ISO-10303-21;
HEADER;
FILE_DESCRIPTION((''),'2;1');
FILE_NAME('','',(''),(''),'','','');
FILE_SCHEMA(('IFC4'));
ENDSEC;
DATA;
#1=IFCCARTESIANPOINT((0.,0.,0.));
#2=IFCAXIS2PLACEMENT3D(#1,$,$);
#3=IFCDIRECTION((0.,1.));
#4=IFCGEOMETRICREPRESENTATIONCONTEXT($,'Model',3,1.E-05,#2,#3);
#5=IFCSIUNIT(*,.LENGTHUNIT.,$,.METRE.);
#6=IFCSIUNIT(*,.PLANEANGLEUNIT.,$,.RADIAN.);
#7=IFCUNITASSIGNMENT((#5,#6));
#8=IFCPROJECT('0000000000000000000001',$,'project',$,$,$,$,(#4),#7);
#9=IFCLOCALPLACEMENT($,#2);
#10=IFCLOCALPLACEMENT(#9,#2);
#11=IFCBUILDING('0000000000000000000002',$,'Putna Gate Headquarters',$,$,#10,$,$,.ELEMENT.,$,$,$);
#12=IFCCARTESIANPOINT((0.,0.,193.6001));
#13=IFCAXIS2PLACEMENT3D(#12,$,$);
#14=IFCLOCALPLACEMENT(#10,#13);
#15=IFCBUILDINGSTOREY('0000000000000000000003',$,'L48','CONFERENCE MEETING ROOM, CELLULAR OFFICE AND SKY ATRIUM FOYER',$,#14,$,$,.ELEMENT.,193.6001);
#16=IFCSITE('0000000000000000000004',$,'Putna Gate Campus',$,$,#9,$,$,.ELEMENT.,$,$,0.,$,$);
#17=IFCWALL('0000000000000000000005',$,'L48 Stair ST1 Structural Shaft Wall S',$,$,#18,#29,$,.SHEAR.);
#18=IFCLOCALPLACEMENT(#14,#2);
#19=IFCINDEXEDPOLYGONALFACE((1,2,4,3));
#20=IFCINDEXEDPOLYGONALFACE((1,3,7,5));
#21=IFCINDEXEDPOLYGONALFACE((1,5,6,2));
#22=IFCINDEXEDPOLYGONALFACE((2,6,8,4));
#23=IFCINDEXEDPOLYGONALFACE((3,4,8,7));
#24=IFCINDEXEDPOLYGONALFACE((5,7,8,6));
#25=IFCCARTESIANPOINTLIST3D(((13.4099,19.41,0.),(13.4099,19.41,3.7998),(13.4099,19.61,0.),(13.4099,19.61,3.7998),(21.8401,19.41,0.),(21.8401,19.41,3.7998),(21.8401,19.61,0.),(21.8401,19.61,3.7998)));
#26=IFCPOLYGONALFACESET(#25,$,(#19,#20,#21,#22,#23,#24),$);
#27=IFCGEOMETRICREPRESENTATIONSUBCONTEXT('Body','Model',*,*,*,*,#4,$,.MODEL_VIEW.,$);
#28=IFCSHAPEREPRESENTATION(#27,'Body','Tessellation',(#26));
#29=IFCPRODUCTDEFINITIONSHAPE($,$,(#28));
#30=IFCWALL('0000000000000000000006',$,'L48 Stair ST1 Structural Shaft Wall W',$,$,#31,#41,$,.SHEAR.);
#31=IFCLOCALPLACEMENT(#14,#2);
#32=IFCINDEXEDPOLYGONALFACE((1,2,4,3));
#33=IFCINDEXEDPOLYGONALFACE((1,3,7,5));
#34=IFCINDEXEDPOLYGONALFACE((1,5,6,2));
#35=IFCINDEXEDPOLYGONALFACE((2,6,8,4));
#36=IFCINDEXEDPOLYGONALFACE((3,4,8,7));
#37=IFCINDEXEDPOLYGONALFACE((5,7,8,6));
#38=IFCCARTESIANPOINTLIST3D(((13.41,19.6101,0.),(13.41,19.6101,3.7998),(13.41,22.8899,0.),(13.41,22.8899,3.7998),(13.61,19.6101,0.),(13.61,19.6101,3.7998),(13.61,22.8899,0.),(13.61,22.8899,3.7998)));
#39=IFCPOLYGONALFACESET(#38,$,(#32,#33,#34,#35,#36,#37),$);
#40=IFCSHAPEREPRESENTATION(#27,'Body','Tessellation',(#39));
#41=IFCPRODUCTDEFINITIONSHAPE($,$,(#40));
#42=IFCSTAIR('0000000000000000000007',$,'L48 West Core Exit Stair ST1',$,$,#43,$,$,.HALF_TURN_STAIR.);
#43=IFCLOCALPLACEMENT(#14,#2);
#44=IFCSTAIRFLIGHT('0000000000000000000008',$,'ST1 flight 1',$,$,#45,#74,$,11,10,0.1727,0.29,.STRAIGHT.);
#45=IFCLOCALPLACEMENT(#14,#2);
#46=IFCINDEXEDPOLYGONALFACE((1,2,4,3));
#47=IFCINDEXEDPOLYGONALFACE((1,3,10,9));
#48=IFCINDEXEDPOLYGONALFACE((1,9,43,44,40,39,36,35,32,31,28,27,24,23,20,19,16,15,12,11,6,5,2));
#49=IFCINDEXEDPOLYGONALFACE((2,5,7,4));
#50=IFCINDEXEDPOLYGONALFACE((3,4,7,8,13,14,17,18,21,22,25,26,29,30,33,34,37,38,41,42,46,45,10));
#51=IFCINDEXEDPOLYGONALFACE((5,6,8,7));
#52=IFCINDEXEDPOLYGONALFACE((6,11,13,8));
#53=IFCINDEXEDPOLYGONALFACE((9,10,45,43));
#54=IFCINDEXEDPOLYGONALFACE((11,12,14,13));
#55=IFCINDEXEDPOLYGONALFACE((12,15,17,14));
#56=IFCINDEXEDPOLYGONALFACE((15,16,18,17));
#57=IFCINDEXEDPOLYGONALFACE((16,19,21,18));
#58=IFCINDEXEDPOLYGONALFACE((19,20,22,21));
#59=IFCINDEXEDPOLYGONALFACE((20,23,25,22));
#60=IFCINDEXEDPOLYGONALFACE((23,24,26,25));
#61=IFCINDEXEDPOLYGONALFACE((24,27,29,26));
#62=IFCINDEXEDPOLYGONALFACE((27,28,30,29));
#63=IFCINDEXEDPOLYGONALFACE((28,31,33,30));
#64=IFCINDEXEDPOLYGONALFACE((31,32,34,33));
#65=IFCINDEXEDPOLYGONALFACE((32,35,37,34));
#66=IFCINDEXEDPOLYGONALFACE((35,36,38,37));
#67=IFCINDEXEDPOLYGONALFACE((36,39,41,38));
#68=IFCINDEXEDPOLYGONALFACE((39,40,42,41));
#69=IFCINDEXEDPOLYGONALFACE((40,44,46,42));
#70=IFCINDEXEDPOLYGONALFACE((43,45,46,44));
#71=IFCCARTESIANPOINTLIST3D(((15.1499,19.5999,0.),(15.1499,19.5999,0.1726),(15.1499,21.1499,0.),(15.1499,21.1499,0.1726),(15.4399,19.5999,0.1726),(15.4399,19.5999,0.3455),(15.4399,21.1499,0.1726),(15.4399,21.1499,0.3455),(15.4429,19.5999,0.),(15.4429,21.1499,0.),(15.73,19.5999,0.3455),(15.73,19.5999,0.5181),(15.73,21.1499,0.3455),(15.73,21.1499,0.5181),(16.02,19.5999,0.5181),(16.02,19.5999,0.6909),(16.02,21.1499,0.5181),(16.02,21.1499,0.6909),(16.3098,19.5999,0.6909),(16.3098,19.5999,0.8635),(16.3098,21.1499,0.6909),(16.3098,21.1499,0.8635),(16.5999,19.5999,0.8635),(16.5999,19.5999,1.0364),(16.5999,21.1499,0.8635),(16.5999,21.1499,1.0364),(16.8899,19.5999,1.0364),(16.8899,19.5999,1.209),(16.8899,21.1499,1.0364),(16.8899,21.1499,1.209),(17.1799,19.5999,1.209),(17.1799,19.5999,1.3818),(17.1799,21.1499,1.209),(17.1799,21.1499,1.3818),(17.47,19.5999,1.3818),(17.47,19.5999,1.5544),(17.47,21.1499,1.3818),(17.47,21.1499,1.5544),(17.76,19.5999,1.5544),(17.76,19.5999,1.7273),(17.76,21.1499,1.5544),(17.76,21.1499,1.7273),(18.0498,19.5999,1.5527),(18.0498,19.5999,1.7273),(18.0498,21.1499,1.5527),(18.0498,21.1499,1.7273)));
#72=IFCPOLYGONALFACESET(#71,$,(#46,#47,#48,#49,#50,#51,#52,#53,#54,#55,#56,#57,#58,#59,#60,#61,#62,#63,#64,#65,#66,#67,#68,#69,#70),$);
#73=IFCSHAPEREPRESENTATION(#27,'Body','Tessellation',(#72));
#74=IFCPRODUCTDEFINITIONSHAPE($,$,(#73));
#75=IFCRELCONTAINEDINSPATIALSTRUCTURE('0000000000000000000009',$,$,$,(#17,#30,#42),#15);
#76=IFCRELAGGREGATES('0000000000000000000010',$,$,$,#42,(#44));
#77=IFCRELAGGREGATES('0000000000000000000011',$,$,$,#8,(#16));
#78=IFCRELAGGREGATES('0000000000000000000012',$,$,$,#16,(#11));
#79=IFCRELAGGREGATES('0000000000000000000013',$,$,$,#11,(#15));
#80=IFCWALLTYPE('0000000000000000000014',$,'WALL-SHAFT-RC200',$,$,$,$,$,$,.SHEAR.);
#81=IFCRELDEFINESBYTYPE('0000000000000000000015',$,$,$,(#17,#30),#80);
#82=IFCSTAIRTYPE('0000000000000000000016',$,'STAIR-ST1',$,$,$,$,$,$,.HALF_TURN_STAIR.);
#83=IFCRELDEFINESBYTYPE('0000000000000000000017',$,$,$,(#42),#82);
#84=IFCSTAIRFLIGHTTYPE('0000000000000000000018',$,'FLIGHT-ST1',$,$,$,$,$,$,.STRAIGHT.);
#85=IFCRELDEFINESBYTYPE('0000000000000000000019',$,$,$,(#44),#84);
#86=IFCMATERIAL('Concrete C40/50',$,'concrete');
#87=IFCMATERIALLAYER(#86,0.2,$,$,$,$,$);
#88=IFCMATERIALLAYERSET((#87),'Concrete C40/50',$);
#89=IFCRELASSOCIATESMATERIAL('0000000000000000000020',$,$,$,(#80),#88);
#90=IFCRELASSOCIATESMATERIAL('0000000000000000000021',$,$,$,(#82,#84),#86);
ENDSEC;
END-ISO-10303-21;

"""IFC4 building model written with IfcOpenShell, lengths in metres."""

from ifc_helpers import new_model, si_unit, direction, frame, frame_2d, origin, place, context, subcontext, project, spatial, polyline, rectangle, outline, extrude, material, layer, layer_set, type_object, element, aggregate, save


model = new_model("IFC4")

# Units and contexts
model_context = context("Model", 3, precision=1e-05, world=origin(), true_north=direction((0.0, 1.0)))
body_context = subcontext(model_context, "Body", "Model", "MODEL_VIEW")
ifc_project = project(units=[si_unit("LENGTHUNIT", "METRE"), si_unit("PLANEANGLEUNIT", "RADIAN")], contexts=[model_context])

# Site, building, storey
site_placement = place(None, origin())
site = spatial("IfcSite", under=ifc_project, at=site_placement, Name="Putna Gate Campus", CompositionType="ELEMENT", RefElevation=0.0)
building_placement = place(site_placement, origin())
building = spatial("IfcBuilding", under=site, at=building_placement, Name="Putna Gate Headquarters", CompositionType="ELEMENT")
storey_placement = place(building_placement, frame((0.0, 0.0, 193.6001)))
storey = spatial("IfcBuildingStorey", under=building, at=storey_placement, Name="L48", Description="CONFERENCE MEETING ROOM, CELLULAR OFFICE AND SKY ATRIUM FOYER", CompositionType="ELEMENT", Elevation=193.6001)

# Walls
ifc_material_1 = material(Name="Concrete C40/50", Category="concrete")
ifc_layer_1 = layer(ifc_material_1, 0.2)
ifc_layer_set_1 = layer_set([ifc_layer_1], Name="Concrete C40/50")
wall_type_1 = type_object("IfcWallType", Name="WALL-SHAFT-RC200", PredefinedType="SHEAR", material=ifc_layer_set_1)
wall_1_placement = place(storey_placement, frame((13.4099, 19.51, 0.0), z_axis=(0.0, 0.0, 1.0), x_axis=(1.0, 0.0, 0.0)))
element("IfcWall", 1, at=wall_1_placement, inside=storey, type_object=wall_type_1, Name="L48 Stair ST1 Structural Shaft Wall S", PredefinedType="SHEAR", context=body_context, shape_type="SweptSolid", body=[
    extrude(rectangle(XDim=8.4302, YDim=0.2, at=frame_2d((4.2151, 0.0))), origin(), (0.0, 0.0, 1.0), 3.7998),
])
wall_2_placement = place(storey_placement, frame((13.51, 19.6101, 0.0), z_axis=(0.0, 0.0, 1.0), x_axis=(0.0, 1.0, 0.0)))
element("IfcWall", 2, at=wall_2_placement, inside=storey, type_object=wall_type_1, Name="L48 Stair ST1 Structural Shaft Wall W", PredefinedType="SHEAR", context=body_context, shape_type="SweptSolid", body=[
    extrude(rectangle(XDim=3.2798, YDim=0.2, at=frame_2d((1.6399, 0.0))), origin(), (0.0, 0.0, 1.0), 3.7998),
])

# Stair, stair flight
stair_type = type_object("IfcStairType", Name="STAIR-ST1", PredefinedType="HALF_TURN_STAIR", material=ifc_material_1)
stair_placement = place(storey_placement, origin())
stair = element("IfcStair", 3, at=stair_placement, inside=storey, type_object=stair_type, Name="L48 West Core Exit Stair ST1", PredefinedType="HALF_TURN_STAIR")
stair_flight_type = type_object("IfcStairFlightType", Name="FLIGHT-ST1", PredefinedType="STRAIGHT", material=ifc_material_1)
stair_flight_placement = place(storey_placement, frame((15.1499, 20.375, 0.0), z_axis=(0.0, 0.0, 1.0), x_axis=(1.0, 0.0, 0.0)))
stair_flight = element("IfcStairFlight", 4, at=stair_flight_placement, type_object=stair_flight_type, Name="ST1 flight 1", NumberOfRisers=11, NumberOfTreads=10, PredefinedType="STRAIGHT", RiserHeight=0.1727, TreadLength=0.29, context=body_context, shape_type="SweptSolid", body=[
    extrude(outline(polyline([(0.0, 0.0), (0.0, 0.1726), (0.29, 0.1726), (0.29, 0.3455), (0.5801, 0.3455), (0.5801, 0.5181), (0.8701, 0.5181), (0.8701, 0.6909), (1.1599, 0.6909), (1.1599, 0.8635), (1.45, 0.8635), (1.45, 1.0364), (1.74, 1.0364), (1.74, 1.209), (2.03, 1.209), (2.03, 1.3818), (2.3201, 1.3818), (2.3201, 1.5544), (2.6101, 1.5544), (2.6101, 1.7273), (2.8999, 1.7273), (2.8999, 1.8999), (2.8999, 1.5527), (0.293, 0.0), (0.0, 0.0)])), frame((0.0, 0.7749, 0.0), z_axis=(0.0, -1.0, 0.0), x_axis=(1.0, 0.0, 0.0)), (0.0, 0.0, 1.0), 1.55),
])
aggregate(stair, [stair_flight])

save(model, "model.ifc")
